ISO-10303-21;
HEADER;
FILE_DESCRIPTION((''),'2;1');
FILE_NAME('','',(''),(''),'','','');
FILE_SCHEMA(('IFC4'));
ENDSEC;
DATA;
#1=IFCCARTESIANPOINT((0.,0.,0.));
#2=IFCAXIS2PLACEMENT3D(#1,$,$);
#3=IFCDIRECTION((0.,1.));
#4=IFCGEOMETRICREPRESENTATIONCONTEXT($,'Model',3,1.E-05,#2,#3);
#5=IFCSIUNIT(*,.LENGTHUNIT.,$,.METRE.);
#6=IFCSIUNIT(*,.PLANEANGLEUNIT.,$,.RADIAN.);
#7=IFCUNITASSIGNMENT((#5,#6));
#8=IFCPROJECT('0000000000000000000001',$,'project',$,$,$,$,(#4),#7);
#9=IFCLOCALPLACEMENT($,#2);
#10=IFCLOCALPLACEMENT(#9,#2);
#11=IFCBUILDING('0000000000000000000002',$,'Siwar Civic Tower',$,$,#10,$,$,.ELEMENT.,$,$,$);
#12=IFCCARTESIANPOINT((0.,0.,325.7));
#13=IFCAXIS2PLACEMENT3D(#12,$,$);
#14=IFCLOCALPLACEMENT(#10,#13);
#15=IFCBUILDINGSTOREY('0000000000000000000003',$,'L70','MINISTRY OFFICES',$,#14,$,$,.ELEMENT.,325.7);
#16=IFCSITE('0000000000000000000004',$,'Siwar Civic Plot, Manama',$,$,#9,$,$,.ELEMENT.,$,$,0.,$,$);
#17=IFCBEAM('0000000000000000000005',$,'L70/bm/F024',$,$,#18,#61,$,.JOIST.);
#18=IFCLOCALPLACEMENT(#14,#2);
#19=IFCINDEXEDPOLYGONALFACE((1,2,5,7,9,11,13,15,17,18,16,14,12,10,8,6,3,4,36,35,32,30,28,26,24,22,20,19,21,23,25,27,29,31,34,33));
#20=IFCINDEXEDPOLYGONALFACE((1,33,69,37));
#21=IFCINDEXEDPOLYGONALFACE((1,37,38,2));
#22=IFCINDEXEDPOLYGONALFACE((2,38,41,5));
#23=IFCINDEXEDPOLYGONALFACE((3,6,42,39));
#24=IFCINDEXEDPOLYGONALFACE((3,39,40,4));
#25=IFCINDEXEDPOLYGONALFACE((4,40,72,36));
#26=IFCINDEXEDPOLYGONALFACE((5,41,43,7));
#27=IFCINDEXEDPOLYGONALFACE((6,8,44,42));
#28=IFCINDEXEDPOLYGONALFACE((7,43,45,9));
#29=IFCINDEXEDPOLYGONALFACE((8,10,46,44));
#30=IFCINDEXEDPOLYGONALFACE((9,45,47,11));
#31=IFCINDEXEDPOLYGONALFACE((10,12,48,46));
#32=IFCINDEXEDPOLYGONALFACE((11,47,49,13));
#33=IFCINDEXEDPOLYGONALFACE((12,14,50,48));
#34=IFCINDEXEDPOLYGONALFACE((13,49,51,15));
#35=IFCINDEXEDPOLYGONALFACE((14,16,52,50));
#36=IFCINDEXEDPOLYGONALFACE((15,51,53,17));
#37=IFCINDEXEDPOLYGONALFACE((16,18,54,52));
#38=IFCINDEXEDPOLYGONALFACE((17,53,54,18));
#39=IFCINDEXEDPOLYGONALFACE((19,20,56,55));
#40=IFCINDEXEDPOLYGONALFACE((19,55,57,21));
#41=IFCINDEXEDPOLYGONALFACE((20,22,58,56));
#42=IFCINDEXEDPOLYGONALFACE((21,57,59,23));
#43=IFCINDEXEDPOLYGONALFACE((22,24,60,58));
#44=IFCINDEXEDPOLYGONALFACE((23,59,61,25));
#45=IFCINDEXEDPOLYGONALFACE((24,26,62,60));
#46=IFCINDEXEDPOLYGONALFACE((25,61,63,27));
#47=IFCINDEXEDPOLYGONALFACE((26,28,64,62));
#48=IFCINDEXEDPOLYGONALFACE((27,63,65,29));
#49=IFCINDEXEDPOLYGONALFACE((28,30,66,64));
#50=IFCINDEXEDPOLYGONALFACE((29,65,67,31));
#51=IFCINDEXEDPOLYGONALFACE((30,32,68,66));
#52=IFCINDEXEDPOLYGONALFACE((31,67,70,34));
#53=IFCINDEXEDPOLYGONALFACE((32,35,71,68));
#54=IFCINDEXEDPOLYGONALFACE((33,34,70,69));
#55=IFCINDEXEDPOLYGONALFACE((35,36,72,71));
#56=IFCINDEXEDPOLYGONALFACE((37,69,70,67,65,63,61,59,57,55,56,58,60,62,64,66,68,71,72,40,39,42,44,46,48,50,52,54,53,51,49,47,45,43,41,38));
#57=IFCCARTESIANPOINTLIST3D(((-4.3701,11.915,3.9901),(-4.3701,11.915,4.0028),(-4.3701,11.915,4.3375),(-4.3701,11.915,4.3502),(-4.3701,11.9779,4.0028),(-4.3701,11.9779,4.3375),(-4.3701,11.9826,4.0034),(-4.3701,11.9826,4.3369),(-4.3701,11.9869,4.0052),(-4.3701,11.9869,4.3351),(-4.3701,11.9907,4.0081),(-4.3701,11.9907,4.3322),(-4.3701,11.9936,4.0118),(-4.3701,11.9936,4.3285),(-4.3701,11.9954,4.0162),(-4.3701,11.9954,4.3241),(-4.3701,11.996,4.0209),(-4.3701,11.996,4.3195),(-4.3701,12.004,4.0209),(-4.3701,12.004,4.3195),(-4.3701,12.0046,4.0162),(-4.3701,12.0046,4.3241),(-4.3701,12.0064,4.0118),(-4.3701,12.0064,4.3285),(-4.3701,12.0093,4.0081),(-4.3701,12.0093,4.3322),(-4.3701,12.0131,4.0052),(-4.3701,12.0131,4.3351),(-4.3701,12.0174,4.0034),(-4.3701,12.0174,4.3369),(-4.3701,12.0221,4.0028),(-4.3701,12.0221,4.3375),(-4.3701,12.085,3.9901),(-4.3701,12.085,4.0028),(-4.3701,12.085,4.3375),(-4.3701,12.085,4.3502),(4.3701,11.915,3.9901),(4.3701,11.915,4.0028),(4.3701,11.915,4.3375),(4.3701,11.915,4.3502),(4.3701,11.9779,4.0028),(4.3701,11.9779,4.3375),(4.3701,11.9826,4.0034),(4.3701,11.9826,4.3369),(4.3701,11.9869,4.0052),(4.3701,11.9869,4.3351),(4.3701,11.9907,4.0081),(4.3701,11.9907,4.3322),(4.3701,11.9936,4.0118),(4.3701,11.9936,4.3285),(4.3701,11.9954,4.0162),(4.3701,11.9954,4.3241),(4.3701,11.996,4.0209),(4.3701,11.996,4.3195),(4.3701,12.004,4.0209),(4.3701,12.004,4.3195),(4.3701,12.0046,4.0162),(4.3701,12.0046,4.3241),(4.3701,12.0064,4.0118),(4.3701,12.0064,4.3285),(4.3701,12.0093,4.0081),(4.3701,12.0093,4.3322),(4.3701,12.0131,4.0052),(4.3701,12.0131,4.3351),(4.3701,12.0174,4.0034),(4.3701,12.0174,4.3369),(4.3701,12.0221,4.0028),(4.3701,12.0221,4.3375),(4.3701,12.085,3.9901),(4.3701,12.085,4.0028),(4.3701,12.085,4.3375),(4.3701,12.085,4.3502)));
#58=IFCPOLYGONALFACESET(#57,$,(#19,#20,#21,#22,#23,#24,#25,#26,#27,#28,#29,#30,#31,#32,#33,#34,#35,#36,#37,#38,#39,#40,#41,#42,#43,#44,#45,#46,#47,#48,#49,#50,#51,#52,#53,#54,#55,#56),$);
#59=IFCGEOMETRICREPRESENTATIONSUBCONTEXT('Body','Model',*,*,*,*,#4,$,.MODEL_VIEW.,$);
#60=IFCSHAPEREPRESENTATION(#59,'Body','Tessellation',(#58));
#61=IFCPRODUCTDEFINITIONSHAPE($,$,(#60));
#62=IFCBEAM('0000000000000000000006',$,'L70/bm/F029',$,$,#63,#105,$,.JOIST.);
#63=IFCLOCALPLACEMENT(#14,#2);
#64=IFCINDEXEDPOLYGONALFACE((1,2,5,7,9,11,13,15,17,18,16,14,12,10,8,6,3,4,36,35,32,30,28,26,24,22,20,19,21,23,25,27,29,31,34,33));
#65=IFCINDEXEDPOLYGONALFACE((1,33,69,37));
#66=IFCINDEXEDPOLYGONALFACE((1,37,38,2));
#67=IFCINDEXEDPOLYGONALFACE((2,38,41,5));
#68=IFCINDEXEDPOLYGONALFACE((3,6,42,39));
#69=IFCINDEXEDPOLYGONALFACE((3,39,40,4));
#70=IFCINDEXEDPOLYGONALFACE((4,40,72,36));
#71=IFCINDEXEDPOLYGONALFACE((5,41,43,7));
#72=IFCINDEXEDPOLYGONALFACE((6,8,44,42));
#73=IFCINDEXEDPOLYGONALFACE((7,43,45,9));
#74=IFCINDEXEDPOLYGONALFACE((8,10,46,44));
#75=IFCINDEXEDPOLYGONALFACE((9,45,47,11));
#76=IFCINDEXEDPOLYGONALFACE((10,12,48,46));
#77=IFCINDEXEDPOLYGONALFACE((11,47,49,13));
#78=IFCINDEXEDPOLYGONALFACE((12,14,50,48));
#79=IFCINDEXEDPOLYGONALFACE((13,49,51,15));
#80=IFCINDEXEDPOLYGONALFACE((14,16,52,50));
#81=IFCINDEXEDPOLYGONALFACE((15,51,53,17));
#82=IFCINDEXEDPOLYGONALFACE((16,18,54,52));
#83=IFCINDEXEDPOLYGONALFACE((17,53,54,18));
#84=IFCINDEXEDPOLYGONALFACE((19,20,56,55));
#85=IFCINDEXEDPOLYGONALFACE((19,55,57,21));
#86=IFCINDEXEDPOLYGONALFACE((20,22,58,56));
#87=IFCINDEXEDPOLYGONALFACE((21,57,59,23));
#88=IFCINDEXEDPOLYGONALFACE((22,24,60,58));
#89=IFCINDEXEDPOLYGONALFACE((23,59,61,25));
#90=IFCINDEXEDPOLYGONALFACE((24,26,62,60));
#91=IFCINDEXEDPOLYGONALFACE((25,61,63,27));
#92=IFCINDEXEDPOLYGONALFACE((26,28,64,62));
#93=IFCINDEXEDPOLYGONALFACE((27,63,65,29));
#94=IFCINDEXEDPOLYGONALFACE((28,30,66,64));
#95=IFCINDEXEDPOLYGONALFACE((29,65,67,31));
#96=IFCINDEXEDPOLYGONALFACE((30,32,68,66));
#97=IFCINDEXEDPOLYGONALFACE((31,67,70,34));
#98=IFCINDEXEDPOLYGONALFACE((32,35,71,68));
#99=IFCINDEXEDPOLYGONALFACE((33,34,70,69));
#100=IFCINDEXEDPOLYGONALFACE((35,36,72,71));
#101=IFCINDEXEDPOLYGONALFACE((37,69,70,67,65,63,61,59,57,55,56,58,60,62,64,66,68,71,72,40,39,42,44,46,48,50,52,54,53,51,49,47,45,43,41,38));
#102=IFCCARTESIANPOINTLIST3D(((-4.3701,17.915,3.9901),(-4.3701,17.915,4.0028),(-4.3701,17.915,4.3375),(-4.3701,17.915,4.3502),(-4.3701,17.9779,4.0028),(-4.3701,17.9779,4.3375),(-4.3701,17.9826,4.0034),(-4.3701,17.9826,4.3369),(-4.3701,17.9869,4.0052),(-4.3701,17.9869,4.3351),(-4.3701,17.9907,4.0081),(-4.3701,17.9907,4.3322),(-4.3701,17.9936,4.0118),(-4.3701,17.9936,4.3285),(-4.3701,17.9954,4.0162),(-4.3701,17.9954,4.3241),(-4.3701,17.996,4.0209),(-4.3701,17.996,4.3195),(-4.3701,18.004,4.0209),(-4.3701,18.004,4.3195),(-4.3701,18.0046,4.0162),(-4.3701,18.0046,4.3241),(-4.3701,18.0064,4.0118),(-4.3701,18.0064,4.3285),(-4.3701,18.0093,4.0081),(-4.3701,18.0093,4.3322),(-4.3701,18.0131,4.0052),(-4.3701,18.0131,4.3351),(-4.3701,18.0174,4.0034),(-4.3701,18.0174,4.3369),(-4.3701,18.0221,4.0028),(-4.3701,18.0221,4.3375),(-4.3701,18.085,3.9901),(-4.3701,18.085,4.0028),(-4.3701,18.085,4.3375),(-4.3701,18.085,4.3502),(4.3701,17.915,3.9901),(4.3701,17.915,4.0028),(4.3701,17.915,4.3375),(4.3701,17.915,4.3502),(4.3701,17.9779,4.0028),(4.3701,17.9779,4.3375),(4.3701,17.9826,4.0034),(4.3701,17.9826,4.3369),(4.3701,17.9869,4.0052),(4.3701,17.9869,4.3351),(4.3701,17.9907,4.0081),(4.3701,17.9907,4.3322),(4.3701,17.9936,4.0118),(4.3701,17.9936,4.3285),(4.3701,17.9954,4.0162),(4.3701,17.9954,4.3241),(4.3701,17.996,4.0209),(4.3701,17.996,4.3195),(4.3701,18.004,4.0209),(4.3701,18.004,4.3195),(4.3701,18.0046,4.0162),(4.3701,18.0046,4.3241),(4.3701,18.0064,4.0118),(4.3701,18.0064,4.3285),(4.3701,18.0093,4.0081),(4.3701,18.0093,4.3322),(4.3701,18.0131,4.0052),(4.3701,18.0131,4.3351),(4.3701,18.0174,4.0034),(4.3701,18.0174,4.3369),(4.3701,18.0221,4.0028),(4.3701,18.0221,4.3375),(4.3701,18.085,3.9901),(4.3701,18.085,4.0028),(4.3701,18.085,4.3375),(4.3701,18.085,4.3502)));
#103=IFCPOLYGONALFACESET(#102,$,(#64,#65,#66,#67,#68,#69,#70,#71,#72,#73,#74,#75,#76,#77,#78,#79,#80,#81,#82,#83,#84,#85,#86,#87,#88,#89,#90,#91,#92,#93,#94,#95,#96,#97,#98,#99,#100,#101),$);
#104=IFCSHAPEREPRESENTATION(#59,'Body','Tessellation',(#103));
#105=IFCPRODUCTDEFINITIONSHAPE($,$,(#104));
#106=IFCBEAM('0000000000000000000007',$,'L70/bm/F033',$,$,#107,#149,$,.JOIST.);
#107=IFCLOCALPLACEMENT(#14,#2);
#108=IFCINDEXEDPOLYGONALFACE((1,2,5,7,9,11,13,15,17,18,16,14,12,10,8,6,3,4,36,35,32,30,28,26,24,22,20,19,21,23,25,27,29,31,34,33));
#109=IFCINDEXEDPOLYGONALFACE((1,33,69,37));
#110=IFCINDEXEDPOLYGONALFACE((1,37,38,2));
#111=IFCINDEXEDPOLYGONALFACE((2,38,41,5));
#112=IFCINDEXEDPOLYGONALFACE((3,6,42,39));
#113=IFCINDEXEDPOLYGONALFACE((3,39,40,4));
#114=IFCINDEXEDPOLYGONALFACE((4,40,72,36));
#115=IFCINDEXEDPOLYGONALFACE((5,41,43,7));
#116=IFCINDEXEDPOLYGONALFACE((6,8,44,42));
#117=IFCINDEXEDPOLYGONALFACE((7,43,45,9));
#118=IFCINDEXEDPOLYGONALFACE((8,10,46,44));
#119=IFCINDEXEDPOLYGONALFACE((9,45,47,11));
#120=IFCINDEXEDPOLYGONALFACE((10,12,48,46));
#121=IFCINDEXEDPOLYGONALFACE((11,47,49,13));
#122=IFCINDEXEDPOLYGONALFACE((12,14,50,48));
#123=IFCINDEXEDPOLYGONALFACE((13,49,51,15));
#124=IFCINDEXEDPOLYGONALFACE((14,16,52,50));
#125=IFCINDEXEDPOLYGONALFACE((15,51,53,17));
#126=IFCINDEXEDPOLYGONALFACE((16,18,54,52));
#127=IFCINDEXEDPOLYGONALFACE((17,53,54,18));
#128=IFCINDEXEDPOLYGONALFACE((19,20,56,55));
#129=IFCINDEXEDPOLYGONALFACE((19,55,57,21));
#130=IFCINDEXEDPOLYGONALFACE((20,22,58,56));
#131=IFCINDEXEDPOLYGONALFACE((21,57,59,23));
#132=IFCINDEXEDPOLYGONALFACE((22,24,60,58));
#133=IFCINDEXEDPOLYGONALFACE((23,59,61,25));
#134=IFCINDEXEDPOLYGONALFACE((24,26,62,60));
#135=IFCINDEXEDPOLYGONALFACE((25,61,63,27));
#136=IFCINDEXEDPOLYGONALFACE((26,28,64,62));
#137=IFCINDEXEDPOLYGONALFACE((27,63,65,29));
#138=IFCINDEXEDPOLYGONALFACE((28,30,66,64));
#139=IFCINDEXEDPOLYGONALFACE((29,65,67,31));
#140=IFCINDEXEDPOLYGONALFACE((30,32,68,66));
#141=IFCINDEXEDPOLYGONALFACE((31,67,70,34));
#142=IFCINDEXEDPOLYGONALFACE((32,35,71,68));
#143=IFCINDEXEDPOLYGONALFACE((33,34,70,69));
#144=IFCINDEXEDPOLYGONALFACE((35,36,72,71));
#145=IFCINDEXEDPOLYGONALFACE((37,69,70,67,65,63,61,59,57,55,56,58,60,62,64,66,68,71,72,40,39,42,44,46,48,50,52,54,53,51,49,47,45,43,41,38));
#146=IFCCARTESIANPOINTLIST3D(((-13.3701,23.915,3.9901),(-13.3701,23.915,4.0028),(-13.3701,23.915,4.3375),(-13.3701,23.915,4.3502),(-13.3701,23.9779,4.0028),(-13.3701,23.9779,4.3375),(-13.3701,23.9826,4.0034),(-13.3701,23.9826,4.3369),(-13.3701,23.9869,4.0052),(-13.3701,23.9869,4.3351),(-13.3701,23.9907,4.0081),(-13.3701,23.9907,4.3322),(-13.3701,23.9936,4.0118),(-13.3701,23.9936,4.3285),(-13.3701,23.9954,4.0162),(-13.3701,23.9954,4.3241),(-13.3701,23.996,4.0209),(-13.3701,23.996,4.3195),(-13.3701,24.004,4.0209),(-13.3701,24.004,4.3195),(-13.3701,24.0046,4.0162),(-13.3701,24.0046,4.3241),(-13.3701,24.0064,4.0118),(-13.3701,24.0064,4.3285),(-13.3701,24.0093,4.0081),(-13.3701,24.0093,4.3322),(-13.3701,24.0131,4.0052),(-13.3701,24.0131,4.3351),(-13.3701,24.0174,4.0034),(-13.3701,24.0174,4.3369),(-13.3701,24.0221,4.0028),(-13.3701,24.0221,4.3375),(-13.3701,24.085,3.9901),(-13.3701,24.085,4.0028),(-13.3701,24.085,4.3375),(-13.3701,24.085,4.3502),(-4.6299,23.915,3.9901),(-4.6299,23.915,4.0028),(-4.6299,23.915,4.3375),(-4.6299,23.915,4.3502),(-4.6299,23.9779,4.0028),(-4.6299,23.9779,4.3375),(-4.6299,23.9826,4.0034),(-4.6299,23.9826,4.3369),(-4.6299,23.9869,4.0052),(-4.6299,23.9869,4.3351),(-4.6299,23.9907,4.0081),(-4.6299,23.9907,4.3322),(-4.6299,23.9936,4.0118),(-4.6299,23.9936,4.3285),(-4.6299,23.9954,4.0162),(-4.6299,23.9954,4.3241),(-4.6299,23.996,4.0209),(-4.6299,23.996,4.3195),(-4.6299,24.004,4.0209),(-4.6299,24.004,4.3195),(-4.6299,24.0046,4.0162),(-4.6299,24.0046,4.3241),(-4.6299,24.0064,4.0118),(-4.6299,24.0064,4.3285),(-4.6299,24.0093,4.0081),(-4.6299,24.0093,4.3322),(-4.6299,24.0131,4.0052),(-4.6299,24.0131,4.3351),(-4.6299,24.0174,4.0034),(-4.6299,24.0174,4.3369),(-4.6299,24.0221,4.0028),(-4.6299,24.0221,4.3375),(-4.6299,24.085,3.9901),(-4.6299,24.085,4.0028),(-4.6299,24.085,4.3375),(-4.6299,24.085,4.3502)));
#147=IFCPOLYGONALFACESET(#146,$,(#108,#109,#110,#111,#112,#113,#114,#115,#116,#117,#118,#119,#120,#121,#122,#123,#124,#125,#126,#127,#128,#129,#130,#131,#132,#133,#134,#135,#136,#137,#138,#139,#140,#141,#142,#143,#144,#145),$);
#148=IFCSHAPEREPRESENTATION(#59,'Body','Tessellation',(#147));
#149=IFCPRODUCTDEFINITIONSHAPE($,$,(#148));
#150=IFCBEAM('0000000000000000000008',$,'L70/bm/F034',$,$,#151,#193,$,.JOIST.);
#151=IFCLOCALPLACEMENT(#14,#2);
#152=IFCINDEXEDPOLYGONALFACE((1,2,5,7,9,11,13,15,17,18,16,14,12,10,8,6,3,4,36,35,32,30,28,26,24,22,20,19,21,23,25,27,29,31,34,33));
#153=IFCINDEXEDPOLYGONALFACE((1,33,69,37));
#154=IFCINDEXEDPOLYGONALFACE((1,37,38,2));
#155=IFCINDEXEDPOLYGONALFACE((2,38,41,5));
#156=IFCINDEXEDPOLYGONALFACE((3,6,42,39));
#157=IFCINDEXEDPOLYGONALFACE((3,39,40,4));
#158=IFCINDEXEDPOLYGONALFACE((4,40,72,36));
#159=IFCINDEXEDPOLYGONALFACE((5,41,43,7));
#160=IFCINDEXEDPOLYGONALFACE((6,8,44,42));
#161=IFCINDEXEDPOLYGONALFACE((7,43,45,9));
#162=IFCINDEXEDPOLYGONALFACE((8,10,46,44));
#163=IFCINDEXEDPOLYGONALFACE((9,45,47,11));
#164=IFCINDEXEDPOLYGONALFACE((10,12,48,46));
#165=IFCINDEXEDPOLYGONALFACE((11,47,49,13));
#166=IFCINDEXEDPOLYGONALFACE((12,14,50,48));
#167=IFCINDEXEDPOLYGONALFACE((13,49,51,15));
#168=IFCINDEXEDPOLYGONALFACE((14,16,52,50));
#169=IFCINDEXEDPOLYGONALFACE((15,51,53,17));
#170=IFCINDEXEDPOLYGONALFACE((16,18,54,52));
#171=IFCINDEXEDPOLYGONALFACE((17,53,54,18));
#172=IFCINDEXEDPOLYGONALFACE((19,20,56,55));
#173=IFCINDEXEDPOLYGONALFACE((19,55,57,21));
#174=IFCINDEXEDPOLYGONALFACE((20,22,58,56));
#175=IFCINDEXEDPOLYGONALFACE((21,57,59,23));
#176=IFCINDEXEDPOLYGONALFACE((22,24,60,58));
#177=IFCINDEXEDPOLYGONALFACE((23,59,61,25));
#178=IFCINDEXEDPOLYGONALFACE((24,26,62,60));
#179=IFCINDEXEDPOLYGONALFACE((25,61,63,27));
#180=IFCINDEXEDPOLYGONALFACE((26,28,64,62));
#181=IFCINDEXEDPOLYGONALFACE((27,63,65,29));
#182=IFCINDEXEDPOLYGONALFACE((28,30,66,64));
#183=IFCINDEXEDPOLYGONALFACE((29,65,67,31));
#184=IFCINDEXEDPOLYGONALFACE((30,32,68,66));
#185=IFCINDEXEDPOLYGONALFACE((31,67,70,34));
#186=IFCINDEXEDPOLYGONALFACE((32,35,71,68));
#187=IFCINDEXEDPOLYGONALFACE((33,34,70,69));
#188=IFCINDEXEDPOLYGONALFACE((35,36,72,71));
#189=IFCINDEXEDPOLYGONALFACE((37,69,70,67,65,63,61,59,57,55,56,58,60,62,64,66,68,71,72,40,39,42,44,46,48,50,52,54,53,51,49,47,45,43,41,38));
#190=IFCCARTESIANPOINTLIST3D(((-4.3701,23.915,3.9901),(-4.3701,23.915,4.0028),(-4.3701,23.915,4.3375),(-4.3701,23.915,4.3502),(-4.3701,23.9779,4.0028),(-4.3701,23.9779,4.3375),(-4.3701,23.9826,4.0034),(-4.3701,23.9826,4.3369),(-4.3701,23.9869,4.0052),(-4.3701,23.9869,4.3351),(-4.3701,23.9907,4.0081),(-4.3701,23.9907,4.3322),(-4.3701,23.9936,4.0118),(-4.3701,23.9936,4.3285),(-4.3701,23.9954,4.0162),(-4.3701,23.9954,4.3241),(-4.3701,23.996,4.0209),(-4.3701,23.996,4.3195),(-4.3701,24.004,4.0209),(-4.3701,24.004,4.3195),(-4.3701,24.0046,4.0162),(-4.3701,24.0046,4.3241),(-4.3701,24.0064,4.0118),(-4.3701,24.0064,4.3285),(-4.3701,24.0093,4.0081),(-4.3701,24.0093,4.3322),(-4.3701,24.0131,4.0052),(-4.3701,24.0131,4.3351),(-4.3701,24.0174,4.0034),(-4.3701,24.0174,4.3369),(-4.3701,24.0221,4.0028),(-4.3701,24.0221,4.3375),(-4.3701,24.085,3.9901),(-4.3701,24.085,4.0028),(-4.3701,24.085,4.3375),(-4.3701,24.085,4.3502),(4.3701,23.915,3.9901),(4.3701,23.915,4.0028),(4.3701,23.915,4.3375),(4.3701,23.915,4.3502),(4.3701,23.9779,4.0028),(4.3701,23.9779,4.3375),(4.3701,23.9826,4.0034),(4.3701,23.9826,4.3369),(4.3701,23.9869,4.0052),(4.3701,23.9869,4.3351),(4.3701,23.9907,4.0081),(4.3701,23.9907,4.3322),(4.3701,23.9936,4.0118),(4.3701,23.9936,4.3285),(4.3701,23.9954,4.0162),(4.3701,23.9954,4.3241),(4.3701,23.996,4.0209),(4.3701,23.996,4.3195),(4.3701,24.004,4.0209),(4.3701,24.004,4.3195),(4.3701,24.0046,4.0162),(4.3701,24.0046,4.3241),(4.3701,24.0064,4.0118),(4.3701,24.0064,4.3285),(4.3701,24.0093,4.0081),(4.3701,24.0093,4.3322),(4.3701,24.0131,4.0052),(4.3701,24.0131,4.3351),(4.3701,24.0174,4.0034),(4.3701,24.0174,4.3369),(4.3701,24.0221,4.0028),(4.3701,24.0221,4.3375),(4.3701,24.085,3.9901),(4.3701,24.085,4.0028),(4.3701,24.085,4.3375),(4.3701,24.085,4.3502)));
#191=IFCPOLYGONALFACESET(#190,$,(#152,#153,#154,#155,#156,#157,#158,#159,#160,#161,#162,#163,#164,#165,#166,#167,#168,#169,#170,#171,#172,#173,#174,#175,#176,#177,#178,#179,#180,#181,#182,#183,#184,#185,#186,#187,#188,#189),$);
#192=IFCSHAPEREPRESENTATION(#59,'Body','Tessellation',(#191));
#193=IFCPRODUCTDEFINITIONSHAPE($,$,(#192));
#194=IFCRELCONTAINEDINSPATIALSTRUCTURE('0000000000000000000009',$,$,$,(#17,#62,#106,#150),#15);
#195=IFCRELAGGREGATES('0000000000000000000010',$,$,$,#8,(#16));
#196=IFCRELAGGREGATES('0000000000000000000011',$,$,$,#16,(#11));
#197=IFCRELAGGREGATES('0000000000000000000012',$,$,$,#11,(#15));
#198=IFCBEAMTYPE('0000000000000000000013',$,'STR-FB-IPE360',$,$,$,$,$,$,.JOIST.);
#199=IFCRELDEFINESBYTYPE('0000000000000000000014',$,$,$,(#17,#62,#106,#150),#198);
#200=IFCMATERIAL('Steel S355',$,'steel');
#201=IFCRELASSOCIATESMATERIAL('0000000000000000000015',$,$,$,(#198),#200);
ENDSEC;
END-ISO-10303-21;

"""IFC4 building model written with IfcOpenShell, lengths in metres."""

from ifc_helpers import new_model, si_unit, direction, frame, origin, origin_2d, place, context, subcontext, project, spatial, i_section, extrude, material, material_profile, profile_set, type_object, element, save


model = new_model("IFC4")

# Units and contexts
model_context = context("Model", 3, precision=1e-05, world=origin(), true_north=direction((0.0, 1.0)))
body_context = subcontext(model_context, "Body", "Model", "MODEL_VIEW")
ifc_project = project(units=[si_unit("LENGTHUNIT", "METRE"), si_unit("PLANEANGLEUNIT", "RADIAN")], contexts=[model_context])

# Site, building, storey
site_placement = place(None, origin())
site = spatial("IfcSite", under=ifc_project, at=site_placement, Name="Siwar Civic Plot, Manama", CompositionType="ELEMENT", RefElevation=0.0)
building_placement = place(site_placement, origin())
building = spatial("IfcBuilding", under=site, at=building_placement, Name="Siwar Civic Tower", CompositionType="ELEMENT")
storey_placement = place(building_placement, frame((0.0, 0.0, 325.7)))
storey = spatial("IfcBuildingStorey", under=building, at=storey_placement, Name="L70", Description="MINISTRY OFFICES", CompositionType="ELEMENT", Elevation=325.7)

# Beams
ifc_material_1 = material(Name="Steel S355", Category="steel")
ifc_material_profile_1 = material_profile(ifc_material_1, i_section(OverallWidth=0.1699, OverallDepth=0.3601, WebThickness=0.0081, FlangeThickness=0.0127, FilletRadius=0.0181, at=origin_2d()), Name="IPE360")
ifc_profile_set_1 = profile_set([ifc_material_profile_1], Name="Steel S355")
beam_type_1 = type_object("IfcBeamType", Name="STR-FB-IPE360", PredefinedType="JOIST", material=ifc_profile_set_1)
for number, where, z_axis, x_axis, name in (
    (1, (-4.3701, 12.0, 4.1702), (1.0, 0.0, 0.0), (0.0, 1.0, 0.0), "L70/bm/F024"),
    (2, (-4.3701, 18.0, 4.1702), (1.0, 0.0, 0.0), (0.0, 1.0, 0.0), "L70/bm/F029"),
    (3, (-13.3701, 24.0, 4.1702), (1.0, 0.0, 0.0), (0.0, 1.0, 0.0), "L70/bm/F033"),
    (4, (-4.3701, 24.0, 4.1702), (1.0, 0.0, 0.0), (0.0, 1.0, 0.0), "L70/bm/F034"),
):
    element("IfcBeam", number, at=place(storey_placement, frame(where, z_axis=z_axis, x_axis=x_axis)), inside=storey, type_object=beam_type_1, Name=name, PredefinedType="JOIST", context=body_context, shape_type="SweptSolid", body=[
        extrude(i_section(OverallWidth=0.1699, OverallDepth=0.3601, WebThickness=0.0081, FlangeThickness=0.0127, FilletRadius=0.0181, at=origin_2d()), origin(), (0.0, 0.0, 1.0), 8.7402),
    ])

save(model, "model.ifc")
